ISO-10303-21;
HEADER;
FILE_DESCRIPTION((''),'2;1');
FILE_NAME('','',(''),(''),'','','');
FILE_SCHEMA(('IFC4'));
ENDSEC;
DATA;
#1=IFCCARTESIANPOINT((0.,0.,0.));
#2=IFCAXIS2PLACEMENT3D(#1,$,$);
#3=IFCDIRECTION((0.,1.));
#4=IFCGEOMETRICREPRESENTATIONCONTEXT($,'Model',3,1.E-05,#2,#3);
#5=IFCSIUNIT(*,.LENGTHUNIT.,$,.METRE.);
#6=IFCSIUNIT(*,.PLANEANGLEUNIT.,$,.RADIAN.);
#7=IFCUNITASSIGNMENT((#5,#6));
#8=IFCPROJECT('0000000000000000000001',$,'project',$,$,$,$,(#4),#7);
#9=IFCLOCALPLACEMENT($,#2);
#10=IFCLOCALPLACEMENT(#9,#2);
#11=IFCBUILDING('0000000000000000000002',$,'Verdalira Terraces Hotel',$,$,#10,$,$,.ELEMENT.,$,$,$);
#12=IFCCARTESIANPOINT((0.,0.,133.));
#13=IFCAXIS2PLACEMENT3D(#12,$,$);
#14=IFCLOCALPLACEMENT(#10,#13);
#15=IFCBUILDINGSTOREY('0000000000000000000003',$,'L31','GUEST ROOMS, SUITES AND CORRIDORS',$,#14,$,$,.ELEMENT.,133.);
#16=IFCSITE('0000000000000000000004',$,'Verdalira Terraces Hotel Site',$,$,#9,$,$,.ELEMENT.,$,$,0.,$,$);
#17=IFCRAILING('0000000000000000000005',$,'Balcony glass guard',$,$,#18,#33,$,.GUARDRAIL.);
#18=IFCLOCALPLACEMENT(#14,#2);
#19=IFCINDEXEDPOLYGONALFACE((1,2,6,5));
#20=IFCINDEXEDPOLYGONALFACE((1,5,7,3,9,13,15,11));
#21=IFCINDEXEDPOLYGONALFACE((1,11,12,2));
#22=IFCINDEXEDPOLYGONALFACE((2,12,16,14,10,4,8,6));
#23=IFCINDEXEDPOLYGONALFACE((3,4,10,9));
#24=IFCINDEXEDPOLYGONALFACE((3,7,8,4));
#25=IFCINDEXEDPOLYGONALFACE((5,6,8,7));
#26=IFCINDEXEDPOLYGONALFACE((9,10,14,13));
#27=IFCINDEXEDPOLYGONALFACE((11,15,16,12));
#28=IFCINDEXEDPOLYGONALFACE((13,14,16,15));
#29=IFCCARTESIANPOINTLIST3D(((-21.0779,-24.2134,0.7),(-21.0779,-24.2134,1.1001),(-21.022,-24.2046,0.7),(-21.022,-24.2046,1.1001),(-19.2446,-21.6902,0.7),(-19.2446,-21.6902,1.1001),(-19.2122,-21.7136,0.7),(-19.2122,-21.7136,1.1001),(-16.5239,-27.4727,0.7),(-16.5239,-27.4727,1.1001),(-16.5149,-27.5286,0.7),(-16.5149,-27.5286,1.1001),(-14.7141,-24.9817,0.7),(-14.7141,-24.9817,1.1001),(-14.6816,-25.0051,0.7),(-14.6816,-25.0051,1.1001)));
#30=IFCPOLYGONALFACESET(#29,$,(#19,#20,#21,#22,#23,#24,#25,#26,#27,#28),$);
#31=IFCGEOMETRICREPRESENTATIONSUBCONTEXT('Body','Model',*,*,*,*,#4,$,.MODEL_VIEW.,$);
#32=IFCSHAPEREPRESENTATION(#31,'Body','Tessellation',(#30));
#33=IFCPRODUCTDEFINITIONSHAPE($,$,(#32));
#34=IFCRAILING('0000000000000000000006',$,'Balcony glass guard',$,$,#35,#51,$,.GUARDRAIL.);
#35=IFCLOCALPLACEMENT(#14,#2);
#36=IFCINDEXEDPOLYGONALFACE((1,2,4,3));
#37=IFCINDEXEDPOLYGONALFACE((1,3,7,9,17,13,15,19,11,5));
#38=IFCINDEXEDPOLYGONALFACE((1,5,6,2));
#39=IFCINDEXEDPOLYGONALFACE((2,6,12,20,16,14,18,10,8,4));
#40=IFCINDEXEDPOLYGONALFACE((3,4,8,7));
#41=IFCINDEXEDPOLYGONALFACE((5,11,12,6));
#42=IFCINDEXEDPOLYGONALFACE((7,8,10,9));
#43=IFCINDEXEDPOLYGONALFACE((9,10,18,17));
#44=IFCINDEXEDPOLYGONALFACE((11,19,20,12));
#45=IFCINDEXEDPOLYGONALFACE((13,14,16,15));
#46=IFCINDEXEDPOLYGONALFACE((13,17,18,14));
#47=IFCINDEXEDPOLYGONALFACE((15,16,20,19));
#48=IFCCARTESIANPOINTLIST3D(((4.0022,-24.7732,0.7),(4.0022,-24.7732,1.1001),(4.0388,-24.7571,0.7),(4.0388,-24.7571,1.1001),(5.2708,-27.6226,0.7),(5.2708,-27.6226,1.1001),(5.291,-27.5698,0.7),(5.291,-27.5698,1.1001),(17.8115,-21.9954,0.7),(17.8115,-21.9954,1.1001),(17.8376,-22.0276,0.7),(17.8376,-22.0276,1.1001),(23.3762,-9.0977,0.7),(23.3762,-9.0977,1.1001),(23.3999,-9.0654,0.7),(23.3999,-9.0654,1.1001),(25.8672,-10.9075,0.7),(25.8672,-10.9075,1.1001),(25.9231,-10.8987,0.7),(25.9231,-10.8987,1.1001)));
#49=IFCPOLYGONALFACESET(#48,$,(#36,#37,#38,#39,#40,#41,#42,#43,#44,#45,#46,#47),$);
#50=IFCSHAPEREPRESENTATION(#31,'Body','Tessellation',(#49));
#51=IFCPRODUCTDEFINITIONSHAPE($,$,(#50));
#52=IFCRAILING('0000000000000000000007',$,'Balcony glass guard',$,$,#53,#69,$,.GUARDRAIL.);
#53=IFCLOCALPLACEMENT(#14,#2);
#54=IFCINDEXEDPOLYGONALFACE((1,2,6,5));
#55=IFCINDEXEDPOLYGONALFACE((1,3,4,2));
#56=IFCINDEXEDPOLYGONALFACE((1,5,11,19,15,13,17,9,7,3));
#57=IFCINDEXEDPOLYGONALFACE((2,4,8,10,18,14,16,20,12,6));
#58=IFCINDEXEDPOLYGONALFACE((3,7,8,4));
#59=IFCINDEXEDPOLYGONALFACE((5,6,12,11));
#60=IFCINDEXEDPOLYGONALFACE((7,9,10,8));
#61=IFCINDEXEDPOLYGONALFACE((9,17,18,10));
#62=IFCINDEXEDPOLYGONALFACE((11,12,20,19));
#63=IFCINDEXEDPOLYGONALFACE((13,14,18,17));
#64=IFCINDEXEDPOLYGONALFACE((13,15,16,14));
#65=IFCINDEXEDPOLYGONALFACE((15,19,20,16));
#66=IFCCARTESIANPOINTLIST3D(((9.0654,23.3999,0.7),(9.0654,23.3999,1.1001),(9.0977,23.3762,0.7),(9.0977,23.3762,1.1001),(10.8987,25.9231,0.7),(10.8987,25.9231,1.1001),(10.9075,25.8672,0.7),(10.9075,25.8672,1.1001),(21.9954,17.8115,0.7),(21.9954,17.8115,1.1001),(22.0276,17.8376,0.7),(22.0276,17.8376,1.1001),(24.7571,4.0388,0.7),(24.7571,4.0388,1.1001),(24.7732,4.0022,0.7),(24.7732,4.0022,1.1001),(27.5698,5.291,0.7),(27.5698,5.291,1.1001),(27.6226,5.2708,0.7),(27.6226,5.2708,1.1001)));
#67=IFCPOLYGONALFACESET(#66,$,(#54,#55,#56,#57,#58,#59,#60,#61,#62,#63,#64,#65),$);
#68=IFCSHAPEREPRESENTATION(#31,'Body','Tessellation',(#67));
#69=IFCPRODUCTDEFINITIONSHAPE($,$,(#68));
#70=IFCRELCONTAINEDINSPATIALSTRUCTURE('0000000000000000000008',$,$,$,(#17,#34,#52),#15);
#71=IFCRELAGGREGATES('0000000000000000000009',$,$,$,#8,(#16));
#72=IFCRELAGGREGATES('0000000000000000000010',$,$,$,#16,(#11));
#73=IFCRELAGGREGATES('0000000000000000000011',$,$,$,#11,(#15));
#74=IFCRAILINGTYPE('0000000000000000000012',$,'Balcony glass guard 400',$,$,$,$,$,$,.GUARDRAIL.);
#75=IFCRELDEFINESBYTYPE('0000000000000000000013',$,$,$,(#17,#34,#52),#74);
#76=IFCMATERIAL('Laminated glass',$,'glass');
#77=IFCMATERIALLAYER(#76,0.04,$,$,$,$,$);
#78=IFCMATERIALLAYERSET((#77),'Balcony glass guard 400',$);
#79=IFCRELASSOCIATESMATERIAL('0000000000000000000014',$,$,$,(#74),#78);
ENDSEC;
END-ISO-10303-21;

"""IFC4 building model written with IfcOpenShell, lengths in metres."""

from ifc_helpers import new_model, si_unit, direction, frame, origin, place, context, subcontext, project, spatial, polyline, outline, extrude, material, layer, layer_set, type_object, element, save


model = new_model("IFC4")

# Units and contexts
model_context = context("Model", 3, precision=1e-05, world=origin(), true_north=direction((0.0, 1.0)))
body_context = subcontext(model_context, "Body", "Model", "MODEL_VIEW")
ifc_project = project(units=[si_unit("LENGTHUNIT", "METRE"), si_unit("PLANEANGLEUNIT", "RADIAN")], contexts=[model_context])

# Site, building, storey
site_placement = place(None, origin())
site = spatial("IfcSite", under=ifc_project, at=site_placement, Name="Verdalira Terraces Hotel Site", CompositionType="ELEMENT", RefElevation=0.0)
building_placement = place(site_placement, origin())
building = spatial("IfcBuilding", under=site, at=building_placement, Name="Verdalira Terraces Hotel", CompositionType="ELEMENT")
storey_placement = place(building_placement, frame((0.0, 0.0, 133.0)))
storey = spatial("IfcBuildingStorey", under=building, at=storey_placement, Name="L31", Description="GUEST ROOMS, SUITES AND CORRIDORS", CompositionType="ELEMENT", Elevation=133.0)

# Railings
ifc_material_1 = material(Name="Laminated glass", Category="glass")
ifc_layer_1 = layer(ifc_material_1, 0.04)
ifc_layer_set_1 = layer_set([ifc_layer_1], Name="Balcony glass guard 400")
railing_type = type_object("IfcRailingType", Name="Balcony glass guard 400", PredefinedType="GUARDRAIL", material=ifc_layer_set_1)
railing_1_placement = place(storey_placement, frame((0.0, 0.0, 0.7)))
element("IfcRailing", 1, at=railing_1_placement, inside=storey, type_object=railing_type, Name="Balcony glass guard", PredefinedType="GUARDRAIL", context=body_context, shape_type="SweptSolid", body=[
    extrude(outline(polyline([(-21.022, -24.2046), (-16.5239, -27.4727), (-14.7141, -24.9817), (-14.6816, -25.0051), (-16.5149, -27.5286), (-21.0779, -24.2134), (-19.2446, -21.6902), (-19.2122, -21.7136), (-21.022, -24.2046)])), origin(), (0.0, 0.0, 1.0), 0.4001),
])
railing_2_placement = place(storey_placement, frame((0.0, 0.0, 0.7)))
element("IfcRailing", 2, at=railing_2_placement, inside=storey, type_object=railing_type, Name="Balcony glass guard", PredefinedType="GUARDRAIL", context=body_context, shape_type="SweptSolid", body=[
    extrude(outline(polyline([(5.291, -27.5698), (17.8115, -21.9954), (25.8672, -10.9075), (23.3762, -9.0977), (23.3999, -9.0654), (25.9231, -10.8987), (17.8376, -22.0276), (5.2708, -27.6226), (4.0022, -24.7732), (4.0388, -24.7571), (5.291, -27.5698)])), origin(), (0.0, 0.0, 1.0), 0.4001),
])
railing_3_placement = place(storey_placement, frame((0.0, 0.0, 0.7)))
element("IfcRailing", 3, at=railing_3_placement, inside=storey, type_object=railing_type, Name="Balcony glass guard", PredefinedType="GUARDRAIL", context=body_context, shape_type="SweptSolid", body=[
    extrude(outline(polyline([(27.5698, 5.291), (21.9954, 17.8115), (10.9075, 25.8672), (9.0977, 23.3762), (9.0654, 23.3999), (10.8987, 25.9231), (22.0276, 17.8376), (27.6226, 5.2708), (24.7732, 4.0022), (24.7571, 4.0388), (27.5698, 5.291)])), origin(), (0.0, 0.0, 1.0), 0.4001),
])

save(model, "model.ifc")
